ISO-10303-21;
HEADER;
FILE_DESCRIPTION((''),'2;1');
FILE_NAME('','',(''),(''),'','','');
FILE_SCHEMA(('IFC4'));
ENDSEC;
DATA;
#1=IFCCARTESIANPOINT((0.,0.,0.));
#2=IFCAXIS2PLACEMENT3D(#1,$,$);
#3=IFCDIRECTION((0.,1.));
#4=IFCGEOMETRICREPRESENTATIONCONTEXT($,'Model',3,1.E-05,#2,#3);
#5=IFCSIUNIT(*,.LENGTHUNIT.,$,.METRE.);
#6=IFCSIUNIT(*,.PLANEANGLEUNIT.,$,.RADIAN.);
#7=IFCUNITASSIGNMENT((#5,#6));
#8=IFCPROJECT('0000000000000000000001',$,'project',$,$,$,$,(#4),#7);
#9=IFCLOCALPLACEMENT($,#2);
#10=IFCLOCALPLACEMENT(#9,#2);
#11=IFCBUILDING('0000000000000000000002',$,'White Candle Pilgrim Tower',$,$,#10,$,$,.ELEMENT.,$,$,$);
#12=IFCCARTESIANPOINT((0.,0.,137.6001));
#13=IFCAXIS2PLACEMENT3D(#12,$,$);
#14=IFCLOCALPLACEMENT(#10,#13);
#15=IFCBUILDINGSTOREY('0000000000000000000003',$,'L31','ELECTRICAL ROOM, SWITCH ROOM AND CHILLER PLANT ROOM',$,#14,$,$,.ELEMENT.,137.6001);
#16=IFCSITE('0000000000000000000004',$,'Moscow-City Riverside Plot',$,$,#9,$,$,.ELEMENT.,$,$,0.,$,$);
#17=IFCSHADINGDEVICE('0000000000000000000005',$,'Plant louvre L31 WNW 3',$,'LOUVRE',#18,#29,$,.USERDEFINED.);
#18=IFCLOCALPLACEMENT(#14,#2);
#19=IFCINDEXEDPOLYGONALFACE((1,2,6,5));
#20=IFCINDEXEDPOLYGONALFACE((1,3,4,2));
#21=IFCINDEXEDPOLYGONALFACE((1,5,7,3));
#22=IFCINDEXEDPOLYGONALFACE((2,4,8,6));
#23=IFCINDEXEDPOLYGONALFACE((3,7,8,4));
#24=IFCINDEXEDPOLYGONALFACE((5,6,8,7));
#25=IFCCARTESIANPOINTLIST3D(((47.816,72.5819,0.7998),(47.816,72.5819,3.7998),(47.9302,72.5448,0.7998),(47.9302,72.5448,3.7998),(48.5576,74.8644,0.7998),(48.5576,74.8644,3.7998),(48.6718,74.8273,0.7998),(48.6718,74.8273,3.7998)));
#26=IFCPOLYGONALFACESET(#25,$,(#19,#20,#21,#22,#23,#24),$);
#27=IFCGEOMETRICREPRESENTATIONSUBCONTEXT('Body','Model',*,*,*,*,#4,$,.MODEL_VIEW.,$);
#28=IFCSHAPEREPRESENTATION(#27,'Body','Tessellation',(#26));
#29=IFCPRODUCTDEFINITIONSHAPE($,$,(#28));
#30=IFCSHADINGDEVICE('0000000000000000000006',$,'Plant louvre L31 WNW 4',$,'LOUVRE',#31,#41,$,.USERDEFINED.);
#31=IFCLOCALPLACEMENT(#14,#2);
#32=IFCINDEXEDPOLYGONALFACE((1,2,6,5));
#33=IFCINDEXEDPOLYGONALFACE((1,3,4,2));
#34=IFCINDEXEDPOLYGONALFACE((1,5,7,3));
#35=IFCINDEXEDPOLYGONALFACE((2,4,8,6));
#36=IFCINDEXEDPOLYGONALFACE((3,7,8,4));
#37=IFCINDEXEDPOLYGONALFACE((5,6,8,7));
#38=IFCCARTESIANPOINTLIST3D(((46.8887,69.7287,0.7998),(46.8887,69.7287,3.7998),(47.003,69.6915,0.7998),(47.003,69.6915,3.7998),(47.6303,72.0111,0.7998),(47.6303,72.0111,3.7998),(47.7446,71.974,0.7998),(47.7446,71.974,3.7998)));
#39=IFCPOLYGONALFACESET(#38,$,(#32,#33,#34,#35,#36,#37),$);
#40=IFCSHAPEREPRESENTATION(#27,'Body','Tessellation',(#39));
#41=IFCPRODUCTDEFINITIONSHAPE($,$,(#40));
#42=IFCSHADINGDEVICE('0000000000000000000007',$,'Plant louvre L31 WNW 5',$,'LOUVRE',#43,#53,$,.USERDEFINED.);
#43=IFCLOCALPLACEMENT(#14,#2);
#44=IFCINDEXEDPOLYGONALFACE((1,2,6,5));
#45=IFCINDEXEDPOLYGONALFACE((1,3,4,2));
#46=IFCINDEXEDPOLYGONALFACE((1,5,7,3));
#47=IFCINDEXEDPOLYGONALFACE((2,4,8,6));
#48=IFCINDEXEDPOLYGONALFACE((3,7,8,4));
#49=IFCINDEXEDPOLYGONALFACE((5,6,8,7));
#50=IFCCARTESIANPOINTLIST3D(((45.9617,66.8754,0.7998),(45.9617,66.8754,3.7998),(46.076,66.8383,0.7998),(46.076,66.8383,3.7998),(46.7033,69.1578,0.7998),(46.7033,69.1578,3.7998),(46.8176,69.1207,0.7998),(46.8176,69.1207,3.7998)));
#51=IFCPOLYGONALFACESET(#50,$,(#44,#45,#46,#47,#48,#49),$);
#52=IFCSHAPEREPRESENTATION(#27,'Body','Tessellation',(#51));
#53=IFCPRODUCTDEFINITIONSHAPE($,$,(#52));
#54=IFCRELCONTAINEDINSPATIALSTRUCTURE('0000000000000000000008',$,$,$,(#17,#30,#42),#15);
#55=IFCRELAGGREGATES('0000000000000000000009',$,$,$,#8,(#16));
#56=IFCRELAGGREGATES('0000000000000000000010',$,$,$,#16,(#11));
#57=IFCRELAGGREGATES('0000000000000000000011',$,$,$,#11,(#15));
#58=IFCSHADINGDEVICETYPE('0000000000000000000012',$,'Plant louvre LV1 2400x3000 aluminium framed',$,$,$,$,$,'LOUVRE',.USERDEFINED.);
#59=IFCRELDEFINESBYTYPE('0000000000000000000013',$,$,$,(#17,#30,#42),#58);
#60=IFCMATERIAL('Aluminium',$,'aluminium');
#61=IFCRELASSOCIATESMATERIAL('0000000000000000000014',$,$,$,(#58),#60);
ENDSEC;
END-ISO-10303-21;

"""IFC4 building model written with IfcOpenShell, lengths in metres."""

from ifc_helpers import new_model, si_unit, direction, frame, origin, origin_2d, place, context, subcontext, project, spatial, rectangle, extrude, material, type_object, element, save


model = new_model("IFC4")

# Units and contexts
model_context = context("Model", 3, precision=1e-05, world=origin(), true_north=direction((0.0, 1.0)))
body_context = subcontext(model_context, "Body", "Model", "MODEL_VIEW")
ifc_project = project(units=[si_unit("LENGTHUNIT", "METRE"), si_unit("PLANEANGLEUNIT", "RADIAN")], contexts=[model_context])

# Site, building, storey
site_placement = place(None, origin())
site = spatial("IfcSite", under=ifc_project, at=site_placement, Name="Moscow-City Riverside Plot", CompositionType="ELEMENT", RefElevation=0.0)
building_placement = place(site_placement, origin())
building = spatial("IfcBuilding", under=site, at=building_placement, Name="White Candle Pilgrim Tower", CompositionType="ELEMENT")
storey_placement = place(building_placement, frame((0.0, 0.0, 137.6001)))
storey = spatial("IfcBuildingStorey", under=building, at=storey_placement, Name="L31", Description="ELECTRICAL ROOM, SWITCH ROOM AND CHILLER PLANT ROOM", CompositionType="ELEMENT", Elevation=137.6001)

# Shading devices
ifc_material_1 = material(Name="Aluminium", Category="aluminium")
shading_device_type = type_object("IfcShadingDeviceType", Name="Plant louvre LV1 2400x3000 aluminium framed", ElementType="LOUVRE", PredefinedType="USERDEFINED", material=ifc_material_1)
for number, where, z_axis, x_axis, name in (
    (1, (48.2439, 73.7046, 0.7998), (0.0, 0.0, 1.0), (-0.309017, -0.951057, 0.0), "Plant louvre L31 WNW 3"),
    (2, (47.3167, 70.8513, 0.7998), (0.0, 0.0, 1.0), (-0.309017, -0.951057, 0.0), "Plant louvre L31 WNW 4"),
    (3, (46.3896, 67.998, 0.7998), (0.0, 0.0, 1.0), (-0.309017, -0.951057, 0.0), "Plant louvre L31 WNW 5"),
):
    element("IfcShadingDevice", number, at=place(storey_placement, frame(where, z_axis=z_axis, x_axis=x_axis)), inside=storey, type_object=shading_device_type, Name=name, ObjectType="LOUVRE", PredefinedType="USERDEFINED", context=body_context, shape_type="SweptSolid", body=[
        extrude(rectangle(XDim=2.3999, YDim=0.1201, at=origin_2d()), origin(), (0.0, 0.0, 1.0), 3.0),
    ])

save(model, "model.ifc")
